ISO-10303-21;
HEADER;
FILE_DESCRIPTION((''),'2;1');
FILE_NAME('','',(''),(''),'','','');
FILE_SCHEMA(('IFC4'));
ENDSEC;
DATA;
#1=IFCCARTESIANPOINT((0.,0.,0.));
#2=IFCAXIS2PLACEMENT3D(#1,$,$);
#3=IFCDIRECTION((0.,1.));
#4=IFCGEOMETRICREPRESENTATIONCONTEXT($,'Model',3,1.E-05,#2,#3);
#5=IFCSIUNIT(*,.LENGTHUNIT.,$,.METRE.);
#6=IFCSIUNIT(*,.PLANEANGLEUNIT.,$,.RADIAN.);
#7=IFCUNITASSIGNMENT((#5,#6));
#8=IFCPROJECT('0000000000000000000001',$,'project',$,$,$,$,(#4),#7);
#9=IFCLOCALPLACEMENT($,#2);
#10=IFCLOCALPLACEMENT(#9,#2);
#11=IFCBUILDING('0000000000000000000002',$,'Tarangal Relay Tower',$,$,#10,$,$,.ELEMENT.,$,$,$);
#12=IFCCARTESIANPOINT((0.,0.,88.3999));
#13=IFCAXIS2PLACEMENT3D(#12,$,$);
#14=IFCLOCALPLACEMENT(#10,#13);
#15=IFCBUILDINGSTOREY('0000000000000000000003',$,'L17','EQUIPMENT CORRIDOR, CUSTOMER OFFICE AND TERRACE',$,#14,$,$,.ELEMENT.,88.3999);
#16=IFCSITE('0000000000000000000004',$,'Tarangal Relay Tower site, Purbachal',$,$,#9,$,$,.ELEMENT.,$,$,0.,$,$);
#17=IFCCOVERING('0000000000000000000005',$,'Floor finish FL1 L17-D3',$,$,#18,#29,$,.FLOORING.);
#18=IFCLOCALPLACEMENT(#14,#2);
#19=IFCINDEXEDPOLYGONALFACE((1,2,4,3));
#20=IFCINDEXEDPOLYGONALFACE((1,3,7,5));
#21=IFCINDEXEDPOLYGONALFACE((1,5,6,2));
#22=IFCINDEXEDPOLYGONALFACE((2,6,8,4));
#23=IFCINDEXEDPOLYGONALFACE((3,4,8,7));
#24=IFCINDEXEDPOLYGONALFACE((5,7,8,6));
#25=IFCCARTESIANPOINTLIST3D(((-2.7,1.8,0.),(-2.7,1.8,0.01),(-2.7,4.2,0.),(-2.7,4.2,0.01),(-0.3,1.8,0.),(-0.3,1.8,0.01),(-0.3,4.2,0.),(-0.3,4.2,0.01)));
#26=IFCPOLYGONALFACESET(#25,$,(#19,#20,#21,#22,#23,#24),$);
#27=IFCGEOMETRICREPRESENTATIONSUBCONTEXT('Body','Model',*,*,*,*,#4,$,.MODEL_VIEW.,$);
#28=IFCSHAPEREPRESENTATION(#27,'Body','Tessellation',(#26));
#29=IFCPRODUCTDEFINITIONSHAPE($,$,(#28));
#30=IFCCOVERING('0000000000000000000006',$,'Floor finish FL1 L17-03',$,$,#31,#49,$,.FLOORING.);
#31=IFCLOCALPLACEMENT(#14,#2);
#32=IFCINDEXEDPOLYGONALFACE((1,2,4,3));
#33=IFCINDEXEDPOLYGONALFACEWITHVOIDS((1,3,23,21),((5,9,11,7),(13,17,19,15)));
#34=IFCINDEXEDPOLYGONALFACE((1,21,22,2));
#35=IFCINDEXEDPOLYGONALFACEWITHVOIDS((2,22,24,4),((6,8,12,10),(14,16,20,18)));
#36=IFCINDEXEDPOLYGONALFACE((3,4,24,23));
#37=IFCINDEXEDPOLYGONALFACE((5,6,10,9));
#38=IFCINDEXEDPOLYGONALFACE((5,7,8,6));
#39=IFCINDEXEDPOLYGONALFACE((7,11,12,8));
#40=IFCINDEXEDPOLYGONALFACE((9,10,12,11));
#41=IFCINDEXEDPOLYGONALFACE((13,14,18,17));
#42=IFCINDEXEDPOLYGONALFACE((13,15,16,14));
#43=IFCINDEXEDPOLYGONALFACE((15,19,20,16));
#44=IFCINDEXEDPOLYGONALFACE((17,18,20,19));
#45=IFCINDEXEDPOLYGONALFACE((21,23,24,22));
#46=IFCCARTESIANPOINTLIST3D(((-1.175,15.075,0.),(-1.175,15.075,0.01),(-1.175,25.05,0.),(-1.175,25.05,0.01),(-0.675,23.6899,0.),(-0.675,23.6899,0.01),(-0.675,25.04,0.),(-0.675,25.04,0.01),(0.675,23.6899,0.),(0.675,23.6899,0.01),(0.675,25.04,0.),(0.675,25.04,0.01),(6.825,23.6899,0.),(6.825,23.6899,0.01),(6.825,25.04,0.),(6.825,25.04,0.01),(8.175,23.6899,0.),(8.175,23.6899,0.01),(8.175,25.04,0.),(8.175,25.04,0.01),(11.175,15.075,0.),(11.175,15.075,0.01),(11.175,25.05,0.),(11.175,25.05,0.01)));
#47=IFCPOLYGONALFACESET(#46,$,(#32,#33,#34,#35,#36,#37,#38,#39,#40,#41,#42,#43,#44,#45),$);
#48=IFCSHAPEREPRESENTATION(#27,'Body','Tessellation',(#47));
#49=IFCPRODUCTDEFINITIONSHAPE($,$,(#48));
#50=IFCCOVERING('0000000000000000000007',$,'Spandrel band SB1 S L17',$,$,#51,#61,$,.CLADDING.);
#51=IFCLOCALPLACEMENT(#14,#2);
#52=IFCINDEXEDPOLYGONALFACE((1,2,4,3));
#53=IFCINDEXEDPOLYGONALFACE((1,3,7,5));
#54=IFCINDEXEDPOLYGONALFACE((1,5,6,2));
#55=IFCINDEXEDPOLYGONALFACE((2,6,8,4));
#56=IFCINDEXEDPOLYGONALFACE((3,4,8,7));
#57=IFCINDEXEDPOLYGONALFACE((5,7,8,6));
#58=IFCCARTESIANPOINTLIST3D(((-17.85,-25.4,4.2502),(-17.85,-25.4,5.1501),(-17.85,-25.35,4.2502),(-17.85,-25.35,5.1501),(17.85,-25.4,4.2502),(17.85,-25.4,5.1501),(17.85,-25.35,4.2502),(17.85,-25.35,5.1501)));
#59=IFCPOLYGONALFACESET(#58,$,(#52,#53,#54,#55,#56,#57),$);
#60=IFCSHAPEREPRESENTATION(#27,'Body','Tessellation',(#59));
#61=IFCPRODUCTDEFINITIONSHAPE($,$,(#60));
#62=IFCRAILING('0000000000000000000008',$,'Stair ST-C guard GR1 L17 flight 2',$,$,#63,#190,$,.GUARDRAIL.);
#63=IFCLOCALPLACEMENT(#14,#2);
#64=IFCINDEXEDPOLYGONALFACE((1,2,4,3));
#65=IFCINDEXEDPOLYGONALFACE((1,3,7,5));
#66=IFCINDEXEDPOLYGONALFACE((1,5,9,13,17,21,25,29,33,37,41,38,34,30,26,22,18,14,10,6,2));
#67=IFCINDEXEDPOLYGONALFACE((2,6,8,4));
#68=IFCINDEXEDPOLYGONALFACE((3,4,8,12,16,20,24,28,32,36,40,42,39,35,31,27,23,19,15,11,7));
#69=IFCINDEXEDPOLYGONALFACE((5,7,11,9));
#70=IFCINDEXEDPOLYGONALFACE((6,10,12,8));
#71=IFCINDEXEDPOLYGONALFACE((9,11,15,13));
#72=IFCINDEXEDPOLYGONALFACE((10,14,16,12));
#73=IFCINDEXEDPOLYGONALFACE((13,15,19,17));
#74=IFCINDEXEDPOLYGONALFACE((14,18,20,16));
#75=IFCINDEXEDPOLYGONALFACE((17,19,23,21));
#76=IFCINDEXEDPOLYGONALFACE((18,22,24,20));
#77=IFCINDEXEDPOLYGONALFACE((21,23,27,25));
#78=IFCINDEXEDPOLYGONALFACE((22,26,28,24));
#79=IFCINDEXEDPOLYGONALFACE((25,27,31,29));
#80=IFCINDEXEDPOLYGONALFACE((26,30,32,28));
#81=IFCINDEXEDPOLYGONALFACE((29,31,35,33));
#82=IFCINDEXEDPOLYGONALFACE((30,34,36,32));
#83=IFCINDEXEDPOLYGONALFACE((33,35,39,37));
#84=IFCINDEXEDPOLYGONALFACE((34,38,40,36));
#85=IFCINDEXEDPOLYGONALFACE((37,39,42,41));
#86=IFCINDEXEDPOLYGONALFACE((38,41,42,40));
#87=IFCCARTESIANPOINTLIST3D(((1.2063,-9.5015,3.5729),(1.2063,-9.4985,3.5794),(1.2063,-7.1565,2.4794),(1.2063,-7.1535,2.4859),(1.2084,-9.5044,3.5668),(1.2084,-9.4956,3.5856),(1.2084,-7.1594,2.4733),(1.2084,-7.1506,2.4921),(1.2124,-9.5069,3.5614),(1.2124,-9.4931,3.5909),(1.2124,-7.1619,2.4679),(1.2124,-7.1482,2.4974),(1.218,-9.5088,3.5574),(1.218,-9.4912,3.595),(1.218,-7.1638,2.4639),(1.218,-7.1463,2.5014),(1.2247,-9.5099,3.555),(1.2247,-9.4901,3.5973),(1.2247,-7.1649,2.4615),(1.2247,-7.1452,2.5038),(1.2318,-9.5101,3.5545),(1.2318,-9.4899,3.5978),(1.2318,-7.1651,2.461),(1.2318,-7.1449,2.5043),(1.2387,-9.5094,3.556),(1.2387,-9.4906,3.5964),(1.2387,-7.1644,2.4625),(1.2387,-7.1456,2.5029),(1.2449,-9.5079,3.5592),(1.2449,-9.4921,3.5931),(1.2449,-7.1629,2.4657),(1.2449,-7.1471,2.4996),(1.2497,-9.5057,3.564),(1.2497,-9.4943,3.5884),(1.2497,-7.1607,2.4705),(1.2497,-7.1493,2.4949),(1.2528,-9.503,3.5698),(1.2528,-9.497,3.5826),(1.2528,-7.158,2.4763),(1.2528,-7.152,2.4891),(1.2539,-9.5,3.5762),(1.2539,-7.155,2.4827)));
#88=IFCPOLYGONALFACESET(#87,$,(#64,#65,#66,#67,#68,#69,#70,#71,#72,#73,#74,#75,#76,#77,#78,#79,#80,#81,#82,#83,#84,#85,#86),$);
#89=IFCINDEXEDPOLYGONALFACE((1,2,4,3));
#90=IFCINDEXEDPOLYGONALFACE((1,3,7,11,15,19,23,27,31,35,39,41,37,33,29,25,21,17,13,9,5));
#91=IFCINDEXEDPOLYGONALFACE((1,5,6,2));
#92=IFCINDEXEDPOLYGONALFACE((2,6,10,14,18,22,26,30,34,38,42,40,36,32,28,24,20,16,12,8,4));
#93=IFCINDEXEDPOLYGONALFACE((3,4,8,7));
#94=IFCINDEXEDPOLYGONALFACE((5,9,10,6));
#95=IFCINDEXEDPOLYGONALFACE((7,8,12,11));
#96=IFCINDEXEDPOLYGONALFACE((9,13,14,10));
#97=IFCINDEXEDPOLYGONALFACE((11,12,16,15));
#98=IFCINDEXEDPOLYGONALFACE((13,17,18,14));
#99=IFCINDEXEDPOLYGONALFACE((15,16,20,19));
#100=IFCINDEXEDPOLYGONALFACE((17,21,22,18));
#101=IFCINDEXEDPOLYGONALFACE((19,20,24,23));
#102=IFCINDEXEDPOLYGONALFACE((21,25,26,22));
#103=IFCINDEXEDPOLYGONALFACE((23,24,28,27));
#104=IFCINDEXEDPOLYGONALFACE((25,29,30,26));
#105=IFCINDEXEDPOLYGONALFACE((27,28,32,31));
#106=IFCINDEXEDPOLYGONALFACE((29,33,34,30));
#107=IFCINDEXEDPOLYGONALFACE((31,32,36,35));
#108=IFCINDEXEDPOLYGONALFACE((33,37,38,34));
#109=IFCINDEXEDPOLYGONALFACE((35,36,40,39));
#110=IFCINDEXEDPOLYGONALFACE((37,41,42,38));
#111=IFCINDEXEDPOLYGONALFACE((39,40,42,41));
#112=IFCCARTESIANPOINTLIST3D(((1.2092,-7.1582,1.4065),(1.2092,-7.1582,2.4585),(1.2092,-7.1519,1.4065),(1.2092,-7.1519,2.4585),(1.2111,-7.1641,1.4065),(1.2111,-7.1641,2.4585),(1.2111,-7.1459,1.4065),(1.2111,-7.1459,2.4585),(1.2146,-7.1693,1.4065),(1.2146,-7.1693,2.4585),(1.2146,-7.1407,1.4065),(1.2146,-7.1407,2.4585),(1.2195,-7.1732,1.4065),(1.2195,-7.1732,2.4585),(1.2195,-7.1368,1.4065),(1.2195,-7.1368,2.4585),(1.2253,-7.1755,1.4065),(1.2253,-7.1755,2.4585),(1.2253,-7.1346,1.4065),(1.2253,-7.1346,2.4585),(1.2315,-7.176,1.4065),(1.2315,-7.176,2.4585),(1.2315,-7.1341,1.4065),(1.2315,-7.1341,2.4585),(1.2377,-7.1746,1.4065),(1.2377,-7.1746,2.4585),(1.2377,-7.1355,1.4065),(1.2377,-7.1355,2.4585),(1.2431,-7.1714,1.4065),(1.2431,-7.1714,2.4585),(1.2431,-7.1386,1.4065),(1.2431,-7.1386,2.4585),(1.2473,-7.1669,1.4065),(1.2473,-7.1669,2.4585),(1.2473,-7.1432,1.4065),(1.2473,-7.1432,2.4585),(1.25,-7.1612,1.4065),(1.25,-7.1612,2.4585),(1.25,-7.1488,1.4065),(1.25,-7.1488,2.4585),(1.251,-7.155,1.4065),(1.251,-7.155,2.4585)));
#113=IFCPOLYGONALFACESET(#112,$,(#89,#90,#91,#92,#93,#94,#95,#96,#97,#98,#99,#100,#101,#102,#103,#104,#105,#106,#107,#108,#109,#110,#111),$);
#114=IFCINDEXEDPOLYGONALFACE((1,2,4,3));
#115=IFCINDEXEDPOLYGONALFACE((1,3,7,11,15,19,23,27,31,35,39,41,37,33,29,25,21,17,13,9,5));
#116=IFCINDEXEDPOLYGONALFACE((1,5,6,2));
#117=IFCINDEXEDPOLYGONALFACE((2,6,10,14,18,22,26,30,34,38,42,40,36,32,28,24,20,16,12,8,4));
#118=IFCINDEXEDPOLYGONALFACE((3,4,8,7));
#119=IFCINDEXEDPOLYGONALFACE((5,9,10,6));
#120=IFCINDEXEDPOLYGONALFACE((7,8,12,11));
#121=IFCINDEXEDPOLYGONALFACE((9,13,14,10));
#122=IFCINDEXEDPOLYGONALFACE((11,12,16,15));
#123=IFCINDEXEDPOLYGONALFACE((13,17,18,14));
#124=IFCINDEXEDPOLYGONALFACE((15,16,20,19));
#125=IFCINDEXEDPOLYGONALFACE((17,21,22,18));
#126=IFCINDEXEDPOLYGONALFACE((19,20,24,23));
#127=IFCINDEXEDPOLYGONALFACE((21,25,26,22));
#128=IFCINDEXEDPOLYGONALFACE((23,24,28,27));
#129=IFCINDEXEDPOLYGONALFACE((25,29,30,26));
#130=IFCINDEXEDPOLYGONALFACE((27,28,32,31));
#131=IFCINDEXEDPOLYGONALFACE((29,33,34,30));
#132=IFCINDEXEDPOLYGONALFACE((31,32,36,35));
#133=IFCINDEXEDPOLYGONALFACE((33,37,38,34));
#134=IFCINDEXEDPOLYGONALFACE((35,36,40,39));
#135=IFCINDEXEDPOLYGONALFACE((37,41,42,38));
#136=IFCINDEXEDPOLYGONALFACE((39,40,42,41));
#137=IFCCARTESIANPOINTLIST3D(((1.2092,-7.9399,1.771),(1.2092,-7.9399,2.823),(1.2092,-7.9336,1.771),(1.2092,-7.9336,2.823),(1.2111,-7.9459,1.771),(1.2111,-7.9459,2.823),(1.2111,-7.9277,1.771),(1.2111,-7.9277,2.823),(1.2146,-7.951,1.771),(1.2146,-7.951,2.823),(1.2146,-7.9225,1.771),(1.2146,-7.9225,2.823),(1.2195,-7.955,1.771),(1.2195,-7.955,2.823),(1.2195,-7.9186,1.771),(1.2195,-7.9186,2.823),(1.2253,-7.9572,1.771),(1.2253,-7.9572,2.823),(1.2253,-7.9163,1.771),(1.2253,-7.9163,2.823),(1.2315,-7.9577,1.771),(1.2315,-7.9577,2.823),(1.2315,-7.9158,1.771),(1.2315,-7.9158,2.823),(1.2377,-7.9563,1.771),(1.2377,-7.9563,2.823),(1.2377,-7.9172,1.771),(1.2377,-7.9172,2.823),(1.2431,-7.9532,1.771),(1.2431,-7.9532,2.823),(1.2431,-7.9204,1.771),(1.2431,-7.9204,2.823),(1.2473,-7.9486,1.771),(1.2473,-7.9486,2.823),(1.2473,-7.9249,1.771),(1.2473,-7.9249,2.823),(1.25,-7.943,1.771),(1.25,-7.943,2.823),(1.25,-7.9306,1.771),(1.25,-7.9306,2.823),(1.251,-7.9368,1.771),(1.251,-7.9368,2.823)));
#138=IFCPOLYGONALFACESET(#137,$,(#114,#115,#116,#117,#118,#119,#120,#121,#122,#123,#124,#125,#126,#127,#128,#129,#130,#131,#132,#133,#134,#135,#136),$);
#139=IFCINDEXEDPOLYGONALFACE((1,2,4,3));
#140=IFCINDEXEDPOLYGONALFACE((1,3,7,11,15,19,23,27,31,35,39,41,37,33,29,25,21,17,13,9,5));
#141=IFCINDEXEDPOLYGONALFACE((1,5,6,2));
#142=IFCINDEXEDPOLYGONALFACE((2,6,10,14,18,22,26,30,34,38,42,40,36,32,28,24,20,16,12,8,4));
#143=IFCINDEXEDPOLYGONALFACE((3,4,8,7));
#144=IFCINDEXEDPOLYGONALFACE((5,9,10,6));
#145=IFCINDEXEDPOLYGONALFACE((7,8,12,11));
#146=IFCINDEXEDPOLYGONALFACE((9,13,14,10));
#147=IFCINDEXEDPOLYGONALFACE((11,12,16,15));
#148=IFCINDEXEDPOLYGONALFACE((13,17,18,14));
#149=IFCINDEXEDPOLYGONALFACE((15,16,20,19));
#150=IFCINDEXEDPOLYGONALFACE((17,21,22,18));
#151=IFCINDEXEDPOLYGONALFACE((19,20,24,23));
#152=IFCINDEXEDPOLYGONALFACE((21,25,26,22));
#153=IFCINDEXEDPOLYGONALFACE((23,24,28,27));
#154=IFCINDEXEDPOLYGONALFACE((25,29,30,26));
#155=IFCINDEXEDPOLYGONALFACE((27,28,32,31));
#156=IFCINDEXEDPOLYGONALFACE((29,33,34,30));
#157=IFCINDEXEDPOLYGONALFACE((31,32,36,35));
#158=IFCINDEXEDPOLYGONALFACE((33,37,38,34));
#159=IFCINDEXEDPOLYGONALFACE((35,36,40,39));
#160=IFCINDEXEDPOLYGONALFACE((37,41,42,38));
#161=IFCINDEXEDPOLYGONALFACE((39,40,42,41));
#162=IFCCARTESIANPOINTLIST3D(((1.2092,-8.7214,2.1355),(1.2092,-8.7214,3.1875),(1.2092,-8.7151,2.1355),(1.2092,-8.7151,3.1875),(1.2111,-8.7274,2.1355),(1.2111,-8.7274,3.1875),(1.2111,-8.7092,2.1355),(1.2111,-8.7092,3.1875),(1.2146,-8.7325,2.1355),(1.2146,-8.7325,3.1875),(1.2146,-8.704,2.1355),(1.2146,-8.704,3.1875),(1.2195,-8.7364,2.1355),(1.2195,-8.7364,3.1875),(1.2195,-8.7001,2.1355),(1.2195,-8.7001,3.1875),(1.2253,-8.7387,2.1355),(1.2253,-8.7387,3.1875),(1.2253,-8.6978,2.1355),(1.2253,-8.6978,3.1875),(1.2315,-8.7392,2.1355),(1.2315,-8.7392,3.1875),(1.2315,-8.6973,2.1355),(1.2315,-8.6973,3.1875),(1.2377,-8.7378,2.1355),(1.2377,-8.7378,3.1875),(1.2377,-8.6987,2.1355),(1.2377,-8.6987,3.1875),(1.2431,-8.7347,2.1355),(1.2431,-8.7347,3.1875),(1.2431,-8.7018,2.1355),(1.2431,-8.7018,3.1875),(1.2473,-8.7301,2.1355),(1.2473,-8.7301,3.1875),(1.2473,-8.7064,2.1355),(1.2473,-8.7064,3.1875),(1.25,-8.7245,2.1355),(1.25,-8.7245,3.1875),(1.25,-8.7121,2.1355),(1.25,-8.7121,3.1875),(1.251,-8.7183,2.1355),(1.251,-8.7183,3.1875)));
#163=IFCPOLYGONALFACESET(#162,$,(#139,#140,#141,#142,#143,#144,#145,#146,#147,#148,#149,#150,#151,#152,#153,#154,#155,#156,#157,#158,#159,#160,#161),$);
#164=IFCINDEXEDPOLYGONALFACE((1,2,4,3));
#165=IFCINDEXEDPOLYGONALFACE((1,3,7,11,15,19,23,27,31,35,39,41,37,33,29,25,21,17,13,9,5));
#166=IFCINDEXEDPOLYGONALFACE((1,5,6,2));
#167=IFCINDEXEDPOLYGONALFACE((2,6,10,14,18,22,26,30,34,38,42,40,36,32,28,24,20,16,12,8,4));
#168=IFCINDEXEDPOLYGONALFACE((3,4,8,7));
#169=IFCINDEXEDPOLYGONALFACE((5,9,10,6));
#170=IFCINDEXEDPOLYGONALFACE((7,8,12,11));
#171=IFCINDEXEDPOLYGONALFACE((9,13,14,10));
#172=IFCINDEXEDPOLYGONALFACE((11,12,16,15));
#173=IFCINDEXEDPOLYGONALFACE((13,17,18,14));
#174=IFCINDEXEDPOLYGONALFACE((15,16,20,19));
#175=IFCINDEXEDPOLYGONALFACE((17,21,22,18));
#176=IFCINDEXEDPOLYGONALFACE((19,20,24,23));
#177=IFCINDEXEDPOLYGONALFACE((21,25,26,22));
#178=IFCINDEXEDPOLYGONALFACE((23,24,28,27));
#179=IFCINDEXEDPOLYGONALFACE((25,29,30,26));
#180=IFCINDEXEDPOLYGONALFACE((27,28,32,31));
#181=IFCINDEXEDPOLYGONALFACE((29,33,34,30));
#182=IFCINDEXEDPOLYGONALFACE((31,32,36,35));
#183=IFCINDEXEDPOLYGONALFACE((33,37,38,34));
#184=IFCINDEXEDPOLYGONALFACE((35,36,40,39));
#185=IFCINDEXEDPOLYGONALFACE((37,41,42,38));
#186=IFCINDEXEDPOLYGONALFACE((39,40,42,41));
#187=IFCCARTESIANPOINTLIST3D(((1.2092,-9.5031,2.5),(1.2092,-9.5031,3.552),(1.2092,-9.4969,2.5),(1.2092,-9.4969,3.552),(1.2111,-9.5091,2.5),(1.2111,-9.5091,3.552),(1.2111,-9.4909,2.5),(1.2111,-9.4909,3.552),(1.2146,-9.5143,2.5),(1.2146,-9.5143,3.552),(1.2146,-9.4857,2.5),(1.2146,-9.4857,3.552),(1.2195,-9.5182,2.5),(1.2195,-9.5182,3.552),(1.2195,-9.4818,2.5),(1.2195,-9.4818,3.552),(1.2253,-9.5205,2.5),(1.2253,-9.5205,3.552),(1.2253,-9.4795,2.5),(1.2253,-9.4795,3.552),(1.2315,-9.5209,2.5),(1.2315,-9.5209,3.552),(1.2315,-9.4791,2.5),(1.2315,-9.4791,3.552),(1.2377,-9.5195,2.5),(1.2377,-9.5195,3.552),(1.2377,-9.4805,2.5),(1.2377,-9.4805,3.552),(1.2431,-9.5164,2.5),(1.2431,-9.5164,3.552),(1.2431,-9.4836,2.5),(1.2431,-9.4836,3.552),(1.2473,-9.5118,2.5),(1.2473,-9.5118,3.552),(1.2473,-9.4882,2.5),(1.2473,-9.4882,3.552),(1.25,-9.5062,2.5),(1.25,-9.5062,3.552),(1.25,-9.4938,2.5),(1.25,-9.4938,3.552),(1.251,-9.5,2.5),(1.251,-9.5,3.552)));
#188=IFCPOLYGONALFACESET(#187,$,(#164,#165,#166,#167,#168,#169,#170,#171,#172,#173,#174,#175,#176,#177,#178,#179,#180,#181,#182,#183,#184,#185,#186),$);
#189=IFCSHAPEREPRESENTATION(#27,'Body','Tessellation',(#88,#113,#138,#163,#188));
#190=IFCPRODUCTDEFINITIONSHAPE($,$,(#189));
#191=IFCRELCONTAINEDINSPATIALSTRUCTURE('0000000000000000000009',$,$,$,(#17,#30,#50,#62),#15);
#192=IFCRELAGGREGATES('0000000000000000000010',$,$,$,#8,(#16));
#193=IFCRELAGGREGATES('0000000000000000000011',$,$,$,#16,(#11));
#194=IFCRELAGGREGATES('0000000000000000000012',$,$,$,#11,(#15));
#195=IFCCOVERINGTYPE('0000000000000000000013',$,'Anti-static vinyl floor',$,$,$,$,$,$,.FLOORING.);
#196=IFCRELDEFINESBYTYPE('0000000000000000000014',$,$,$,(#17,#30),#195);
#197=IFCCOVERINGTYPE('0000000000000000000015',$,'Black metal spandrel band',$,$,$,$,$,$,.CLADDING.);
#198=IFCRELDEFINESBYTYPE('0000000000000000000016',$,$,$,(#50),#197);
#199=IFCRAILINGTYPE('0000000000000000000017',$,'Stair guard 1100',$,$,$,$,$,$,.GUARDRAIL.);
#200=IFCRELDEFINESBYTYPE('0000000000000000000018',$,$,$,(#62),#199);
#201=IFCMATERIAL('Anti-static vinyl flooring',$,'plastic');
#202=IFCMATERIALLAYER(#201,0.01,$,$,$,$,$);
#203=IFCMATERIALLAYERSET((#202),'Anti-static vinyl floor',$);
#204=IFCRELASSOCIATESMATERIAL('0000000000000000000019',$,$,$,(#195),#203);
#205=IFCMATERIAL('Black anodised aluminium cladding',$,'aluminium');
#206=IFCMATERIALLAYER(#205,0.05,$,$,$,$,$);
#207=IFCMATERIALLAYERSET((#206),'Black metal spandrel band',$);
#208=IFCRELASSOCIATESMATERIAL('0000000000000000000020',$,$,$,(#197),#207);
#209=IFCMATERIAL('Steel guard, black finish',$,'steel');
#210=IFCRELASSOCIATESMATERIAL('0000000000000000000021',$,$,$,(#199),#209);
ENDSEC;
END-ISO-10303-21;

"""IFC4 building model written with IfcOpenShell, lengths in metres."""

from ifc_helpers import new_model, si_unit, direction, frame, origin, origin_2d, place, context, subcontext, project, spatial, polyline, rectangle, circle, outline, extrude, material, layer, layer_set, type_object, element, save


model = new_model("IFC4")

# Units and contexts
model_context = context("Model", 3, precision=1e-05, world=origin(), true_north=direction((0.0, 1.0)))
body_context = subcontext(model_context, "Body", "Model", "MODEL_VIEW")
ifc_project = project(units=[si_unit("LENGTHUNIT", "METRE"), si_unit("PLANEANGLEUNIT", "RADIAN")], contexts=[model_context])

# Site, building, storey
site_placement = place(None, origin())
site = spatial("IfcSite", under=ifc_project, at=site_placement, Name="Tarangal Relay Tower site, Purbachal", CompositionType="ELEMENT", RefElevation=0.0)
building_placement = place(site_placement, origin())
building = spatial("IfcBuilding", under=site, at=building_placement, Name="Tarangal Relay Tower", CompositionType="ELEMENT")
storey_placement = place(building_placement, frame((0.0, 0.0, 88.3999)))
storey = spatial("IfcBuildingStorey", under=building, at=storey_placement, Name="L17", Description="EQUIPMENT CORRIDOR, CUSTOMER OFFICE AND TERRACE", CompositionType="ELEMENT", Elevation=88.3999)

# Coverings
ifc_material_1 = material(Name="Anti-static vinyl flooring", Category="plastic")
ifc_layer_1 = layer(ifc_material_1, 0.01)
ifc_layer_set_1 = layer_set([ifc_layer_1], Name="Anti-static vinyl floor")
covering_type_1 = type_object("IfcCoveringType", Name="Anti-static vinyl floor", PredefinedType="FLOORING", material=ifc_layer_set_1)
covering_1_placement = place(storey_placement, origin())
element("IfcCovering", 1, at=covering_1_placement, inside=storey, type_object=covering_type_1, Name="Floor finish FL1 L17-D3", PredefinedType="FLOORING", context=body_context, shape_type="SweptSolid", body=[
    extrude(outline(polyline([(-2.7, 1.8), (-0.3, 1.8), (-0.3, 4.2), (-2.7, 4.2), (-2.7, 1.8)])), origin(), (0.0, 0.0, 1.0), 0.01),
])
covering_2_placement = place(storey_placement, origin())
element("IfcCovering", 2, at=covering_2_placement, inside=storey, type_object=covering_type_1, Name="Floor finish FL1 L17-03", PredefinedType="FLOORING", context=body_context, shape_type="SweptSolid", body=[
    extrude(outline(polyline([(11.175, 25.05), (-1.175, 25.05), (-1.175, 15.075), (11.175, 15.075), (11.175, 25.05)]), holes=[polyline([(0.675, 23.6899), (0.675, 25.04), (-0.675, 25.04), (-0.675, 23.6899), (0.675, 23.6899)]), polyline([(8.175, 23.6899), (8.175, 25.04), (6.825, 25.04), (6.825, 23.6899), (8.175, 23.6899)])]), origin(), (0.0, 0.0, 1.0), 0.01),
])
ifc_material_2 = material(Name="Black anodised aluminium cladding", Category="aluminium")
ifc_layer_2 = layer(ifc_material_2, 0.05)
ifc_layer_set_2 = layer_set([ifc_layer_2], Name="Black metal spandrel band")
covering_type_2 = type_object("IfcCoveringType", Name="Black metal spandrel band", PredefinedType="CLADDING", material=ifc_layer_set_2)
covering_3_placement = place(storey_placement, frame((0.0, -25.375, 4.2502), z_axis=(0.0, 0.0, 1.0), x_axis=(-1.0, 0.0, 0.0)))
element("IfcCovering", 3, at=covering_3_placement, inside=storey, type_object=covering_type_2, Name="Spandrel band SB1 S L17", PredefinedType="CLADDING", context=body_context, shape_type="SweptSolid", body=[
    extrude(rectangle(XDim=35.7, YDim=0.05, at=origin_2d()), origin(), (0.0, 0.0, 1.0), 0.8999),
])

# Railing
ifc_material_3 = material(Name="Steel guard, black finish", Category="steel")
railing_type_1 = type_object("IfcRailingType", Name="Stair guard 1100", PredefinedType="GUARDRAIL", material=ifc_material_3)
for number, where, name in (
    (4, (1.23, -7.155, 1.4065), "Stair ST-C guard GR1 L17 flight 2"),
):
    element("IfcRailing", number, at=place(storey_placement, frame(where)), inside=storey, type_object=railing_type_1, Name=name, PredefinedType="GUARDRAIL", context=body_context, shape_type="SweptSolid", body=[
        extrude(circle(Radius=0.0239, at=origin_2d()), frame((0.0, 0.0, 1.0762), z_axis=(0.0, -0.906304, 0.422627), x_axis=(1.0, 0.0, 0.0)), (0.0, 0.0, 1.0), 2.5874),
        extrude(circle(Radius=0.021, at=origin_2d()), origin(), (0.0, 0.0, 1.0), 1.052),
        extrude(circle(Radius=0.021, at=origin_2d()), frame((0.0, -0.7817, 0.3645)), (0.0, 0.0, 1.0), 1.052),
        extrude(circle(Radius=0.021, at=origin_2d()), frame((0.0, -1.5632, 0.729)), (0.0, 0.0, 1.0), 1.052),
        extrude(circle(Radius=0.021, at=origin_2d()), frame((0.0, -2.345, 1.0935)), (0.0, 0.0, 1.0), 1.052),
    ])

save(model, "model.ifc")
